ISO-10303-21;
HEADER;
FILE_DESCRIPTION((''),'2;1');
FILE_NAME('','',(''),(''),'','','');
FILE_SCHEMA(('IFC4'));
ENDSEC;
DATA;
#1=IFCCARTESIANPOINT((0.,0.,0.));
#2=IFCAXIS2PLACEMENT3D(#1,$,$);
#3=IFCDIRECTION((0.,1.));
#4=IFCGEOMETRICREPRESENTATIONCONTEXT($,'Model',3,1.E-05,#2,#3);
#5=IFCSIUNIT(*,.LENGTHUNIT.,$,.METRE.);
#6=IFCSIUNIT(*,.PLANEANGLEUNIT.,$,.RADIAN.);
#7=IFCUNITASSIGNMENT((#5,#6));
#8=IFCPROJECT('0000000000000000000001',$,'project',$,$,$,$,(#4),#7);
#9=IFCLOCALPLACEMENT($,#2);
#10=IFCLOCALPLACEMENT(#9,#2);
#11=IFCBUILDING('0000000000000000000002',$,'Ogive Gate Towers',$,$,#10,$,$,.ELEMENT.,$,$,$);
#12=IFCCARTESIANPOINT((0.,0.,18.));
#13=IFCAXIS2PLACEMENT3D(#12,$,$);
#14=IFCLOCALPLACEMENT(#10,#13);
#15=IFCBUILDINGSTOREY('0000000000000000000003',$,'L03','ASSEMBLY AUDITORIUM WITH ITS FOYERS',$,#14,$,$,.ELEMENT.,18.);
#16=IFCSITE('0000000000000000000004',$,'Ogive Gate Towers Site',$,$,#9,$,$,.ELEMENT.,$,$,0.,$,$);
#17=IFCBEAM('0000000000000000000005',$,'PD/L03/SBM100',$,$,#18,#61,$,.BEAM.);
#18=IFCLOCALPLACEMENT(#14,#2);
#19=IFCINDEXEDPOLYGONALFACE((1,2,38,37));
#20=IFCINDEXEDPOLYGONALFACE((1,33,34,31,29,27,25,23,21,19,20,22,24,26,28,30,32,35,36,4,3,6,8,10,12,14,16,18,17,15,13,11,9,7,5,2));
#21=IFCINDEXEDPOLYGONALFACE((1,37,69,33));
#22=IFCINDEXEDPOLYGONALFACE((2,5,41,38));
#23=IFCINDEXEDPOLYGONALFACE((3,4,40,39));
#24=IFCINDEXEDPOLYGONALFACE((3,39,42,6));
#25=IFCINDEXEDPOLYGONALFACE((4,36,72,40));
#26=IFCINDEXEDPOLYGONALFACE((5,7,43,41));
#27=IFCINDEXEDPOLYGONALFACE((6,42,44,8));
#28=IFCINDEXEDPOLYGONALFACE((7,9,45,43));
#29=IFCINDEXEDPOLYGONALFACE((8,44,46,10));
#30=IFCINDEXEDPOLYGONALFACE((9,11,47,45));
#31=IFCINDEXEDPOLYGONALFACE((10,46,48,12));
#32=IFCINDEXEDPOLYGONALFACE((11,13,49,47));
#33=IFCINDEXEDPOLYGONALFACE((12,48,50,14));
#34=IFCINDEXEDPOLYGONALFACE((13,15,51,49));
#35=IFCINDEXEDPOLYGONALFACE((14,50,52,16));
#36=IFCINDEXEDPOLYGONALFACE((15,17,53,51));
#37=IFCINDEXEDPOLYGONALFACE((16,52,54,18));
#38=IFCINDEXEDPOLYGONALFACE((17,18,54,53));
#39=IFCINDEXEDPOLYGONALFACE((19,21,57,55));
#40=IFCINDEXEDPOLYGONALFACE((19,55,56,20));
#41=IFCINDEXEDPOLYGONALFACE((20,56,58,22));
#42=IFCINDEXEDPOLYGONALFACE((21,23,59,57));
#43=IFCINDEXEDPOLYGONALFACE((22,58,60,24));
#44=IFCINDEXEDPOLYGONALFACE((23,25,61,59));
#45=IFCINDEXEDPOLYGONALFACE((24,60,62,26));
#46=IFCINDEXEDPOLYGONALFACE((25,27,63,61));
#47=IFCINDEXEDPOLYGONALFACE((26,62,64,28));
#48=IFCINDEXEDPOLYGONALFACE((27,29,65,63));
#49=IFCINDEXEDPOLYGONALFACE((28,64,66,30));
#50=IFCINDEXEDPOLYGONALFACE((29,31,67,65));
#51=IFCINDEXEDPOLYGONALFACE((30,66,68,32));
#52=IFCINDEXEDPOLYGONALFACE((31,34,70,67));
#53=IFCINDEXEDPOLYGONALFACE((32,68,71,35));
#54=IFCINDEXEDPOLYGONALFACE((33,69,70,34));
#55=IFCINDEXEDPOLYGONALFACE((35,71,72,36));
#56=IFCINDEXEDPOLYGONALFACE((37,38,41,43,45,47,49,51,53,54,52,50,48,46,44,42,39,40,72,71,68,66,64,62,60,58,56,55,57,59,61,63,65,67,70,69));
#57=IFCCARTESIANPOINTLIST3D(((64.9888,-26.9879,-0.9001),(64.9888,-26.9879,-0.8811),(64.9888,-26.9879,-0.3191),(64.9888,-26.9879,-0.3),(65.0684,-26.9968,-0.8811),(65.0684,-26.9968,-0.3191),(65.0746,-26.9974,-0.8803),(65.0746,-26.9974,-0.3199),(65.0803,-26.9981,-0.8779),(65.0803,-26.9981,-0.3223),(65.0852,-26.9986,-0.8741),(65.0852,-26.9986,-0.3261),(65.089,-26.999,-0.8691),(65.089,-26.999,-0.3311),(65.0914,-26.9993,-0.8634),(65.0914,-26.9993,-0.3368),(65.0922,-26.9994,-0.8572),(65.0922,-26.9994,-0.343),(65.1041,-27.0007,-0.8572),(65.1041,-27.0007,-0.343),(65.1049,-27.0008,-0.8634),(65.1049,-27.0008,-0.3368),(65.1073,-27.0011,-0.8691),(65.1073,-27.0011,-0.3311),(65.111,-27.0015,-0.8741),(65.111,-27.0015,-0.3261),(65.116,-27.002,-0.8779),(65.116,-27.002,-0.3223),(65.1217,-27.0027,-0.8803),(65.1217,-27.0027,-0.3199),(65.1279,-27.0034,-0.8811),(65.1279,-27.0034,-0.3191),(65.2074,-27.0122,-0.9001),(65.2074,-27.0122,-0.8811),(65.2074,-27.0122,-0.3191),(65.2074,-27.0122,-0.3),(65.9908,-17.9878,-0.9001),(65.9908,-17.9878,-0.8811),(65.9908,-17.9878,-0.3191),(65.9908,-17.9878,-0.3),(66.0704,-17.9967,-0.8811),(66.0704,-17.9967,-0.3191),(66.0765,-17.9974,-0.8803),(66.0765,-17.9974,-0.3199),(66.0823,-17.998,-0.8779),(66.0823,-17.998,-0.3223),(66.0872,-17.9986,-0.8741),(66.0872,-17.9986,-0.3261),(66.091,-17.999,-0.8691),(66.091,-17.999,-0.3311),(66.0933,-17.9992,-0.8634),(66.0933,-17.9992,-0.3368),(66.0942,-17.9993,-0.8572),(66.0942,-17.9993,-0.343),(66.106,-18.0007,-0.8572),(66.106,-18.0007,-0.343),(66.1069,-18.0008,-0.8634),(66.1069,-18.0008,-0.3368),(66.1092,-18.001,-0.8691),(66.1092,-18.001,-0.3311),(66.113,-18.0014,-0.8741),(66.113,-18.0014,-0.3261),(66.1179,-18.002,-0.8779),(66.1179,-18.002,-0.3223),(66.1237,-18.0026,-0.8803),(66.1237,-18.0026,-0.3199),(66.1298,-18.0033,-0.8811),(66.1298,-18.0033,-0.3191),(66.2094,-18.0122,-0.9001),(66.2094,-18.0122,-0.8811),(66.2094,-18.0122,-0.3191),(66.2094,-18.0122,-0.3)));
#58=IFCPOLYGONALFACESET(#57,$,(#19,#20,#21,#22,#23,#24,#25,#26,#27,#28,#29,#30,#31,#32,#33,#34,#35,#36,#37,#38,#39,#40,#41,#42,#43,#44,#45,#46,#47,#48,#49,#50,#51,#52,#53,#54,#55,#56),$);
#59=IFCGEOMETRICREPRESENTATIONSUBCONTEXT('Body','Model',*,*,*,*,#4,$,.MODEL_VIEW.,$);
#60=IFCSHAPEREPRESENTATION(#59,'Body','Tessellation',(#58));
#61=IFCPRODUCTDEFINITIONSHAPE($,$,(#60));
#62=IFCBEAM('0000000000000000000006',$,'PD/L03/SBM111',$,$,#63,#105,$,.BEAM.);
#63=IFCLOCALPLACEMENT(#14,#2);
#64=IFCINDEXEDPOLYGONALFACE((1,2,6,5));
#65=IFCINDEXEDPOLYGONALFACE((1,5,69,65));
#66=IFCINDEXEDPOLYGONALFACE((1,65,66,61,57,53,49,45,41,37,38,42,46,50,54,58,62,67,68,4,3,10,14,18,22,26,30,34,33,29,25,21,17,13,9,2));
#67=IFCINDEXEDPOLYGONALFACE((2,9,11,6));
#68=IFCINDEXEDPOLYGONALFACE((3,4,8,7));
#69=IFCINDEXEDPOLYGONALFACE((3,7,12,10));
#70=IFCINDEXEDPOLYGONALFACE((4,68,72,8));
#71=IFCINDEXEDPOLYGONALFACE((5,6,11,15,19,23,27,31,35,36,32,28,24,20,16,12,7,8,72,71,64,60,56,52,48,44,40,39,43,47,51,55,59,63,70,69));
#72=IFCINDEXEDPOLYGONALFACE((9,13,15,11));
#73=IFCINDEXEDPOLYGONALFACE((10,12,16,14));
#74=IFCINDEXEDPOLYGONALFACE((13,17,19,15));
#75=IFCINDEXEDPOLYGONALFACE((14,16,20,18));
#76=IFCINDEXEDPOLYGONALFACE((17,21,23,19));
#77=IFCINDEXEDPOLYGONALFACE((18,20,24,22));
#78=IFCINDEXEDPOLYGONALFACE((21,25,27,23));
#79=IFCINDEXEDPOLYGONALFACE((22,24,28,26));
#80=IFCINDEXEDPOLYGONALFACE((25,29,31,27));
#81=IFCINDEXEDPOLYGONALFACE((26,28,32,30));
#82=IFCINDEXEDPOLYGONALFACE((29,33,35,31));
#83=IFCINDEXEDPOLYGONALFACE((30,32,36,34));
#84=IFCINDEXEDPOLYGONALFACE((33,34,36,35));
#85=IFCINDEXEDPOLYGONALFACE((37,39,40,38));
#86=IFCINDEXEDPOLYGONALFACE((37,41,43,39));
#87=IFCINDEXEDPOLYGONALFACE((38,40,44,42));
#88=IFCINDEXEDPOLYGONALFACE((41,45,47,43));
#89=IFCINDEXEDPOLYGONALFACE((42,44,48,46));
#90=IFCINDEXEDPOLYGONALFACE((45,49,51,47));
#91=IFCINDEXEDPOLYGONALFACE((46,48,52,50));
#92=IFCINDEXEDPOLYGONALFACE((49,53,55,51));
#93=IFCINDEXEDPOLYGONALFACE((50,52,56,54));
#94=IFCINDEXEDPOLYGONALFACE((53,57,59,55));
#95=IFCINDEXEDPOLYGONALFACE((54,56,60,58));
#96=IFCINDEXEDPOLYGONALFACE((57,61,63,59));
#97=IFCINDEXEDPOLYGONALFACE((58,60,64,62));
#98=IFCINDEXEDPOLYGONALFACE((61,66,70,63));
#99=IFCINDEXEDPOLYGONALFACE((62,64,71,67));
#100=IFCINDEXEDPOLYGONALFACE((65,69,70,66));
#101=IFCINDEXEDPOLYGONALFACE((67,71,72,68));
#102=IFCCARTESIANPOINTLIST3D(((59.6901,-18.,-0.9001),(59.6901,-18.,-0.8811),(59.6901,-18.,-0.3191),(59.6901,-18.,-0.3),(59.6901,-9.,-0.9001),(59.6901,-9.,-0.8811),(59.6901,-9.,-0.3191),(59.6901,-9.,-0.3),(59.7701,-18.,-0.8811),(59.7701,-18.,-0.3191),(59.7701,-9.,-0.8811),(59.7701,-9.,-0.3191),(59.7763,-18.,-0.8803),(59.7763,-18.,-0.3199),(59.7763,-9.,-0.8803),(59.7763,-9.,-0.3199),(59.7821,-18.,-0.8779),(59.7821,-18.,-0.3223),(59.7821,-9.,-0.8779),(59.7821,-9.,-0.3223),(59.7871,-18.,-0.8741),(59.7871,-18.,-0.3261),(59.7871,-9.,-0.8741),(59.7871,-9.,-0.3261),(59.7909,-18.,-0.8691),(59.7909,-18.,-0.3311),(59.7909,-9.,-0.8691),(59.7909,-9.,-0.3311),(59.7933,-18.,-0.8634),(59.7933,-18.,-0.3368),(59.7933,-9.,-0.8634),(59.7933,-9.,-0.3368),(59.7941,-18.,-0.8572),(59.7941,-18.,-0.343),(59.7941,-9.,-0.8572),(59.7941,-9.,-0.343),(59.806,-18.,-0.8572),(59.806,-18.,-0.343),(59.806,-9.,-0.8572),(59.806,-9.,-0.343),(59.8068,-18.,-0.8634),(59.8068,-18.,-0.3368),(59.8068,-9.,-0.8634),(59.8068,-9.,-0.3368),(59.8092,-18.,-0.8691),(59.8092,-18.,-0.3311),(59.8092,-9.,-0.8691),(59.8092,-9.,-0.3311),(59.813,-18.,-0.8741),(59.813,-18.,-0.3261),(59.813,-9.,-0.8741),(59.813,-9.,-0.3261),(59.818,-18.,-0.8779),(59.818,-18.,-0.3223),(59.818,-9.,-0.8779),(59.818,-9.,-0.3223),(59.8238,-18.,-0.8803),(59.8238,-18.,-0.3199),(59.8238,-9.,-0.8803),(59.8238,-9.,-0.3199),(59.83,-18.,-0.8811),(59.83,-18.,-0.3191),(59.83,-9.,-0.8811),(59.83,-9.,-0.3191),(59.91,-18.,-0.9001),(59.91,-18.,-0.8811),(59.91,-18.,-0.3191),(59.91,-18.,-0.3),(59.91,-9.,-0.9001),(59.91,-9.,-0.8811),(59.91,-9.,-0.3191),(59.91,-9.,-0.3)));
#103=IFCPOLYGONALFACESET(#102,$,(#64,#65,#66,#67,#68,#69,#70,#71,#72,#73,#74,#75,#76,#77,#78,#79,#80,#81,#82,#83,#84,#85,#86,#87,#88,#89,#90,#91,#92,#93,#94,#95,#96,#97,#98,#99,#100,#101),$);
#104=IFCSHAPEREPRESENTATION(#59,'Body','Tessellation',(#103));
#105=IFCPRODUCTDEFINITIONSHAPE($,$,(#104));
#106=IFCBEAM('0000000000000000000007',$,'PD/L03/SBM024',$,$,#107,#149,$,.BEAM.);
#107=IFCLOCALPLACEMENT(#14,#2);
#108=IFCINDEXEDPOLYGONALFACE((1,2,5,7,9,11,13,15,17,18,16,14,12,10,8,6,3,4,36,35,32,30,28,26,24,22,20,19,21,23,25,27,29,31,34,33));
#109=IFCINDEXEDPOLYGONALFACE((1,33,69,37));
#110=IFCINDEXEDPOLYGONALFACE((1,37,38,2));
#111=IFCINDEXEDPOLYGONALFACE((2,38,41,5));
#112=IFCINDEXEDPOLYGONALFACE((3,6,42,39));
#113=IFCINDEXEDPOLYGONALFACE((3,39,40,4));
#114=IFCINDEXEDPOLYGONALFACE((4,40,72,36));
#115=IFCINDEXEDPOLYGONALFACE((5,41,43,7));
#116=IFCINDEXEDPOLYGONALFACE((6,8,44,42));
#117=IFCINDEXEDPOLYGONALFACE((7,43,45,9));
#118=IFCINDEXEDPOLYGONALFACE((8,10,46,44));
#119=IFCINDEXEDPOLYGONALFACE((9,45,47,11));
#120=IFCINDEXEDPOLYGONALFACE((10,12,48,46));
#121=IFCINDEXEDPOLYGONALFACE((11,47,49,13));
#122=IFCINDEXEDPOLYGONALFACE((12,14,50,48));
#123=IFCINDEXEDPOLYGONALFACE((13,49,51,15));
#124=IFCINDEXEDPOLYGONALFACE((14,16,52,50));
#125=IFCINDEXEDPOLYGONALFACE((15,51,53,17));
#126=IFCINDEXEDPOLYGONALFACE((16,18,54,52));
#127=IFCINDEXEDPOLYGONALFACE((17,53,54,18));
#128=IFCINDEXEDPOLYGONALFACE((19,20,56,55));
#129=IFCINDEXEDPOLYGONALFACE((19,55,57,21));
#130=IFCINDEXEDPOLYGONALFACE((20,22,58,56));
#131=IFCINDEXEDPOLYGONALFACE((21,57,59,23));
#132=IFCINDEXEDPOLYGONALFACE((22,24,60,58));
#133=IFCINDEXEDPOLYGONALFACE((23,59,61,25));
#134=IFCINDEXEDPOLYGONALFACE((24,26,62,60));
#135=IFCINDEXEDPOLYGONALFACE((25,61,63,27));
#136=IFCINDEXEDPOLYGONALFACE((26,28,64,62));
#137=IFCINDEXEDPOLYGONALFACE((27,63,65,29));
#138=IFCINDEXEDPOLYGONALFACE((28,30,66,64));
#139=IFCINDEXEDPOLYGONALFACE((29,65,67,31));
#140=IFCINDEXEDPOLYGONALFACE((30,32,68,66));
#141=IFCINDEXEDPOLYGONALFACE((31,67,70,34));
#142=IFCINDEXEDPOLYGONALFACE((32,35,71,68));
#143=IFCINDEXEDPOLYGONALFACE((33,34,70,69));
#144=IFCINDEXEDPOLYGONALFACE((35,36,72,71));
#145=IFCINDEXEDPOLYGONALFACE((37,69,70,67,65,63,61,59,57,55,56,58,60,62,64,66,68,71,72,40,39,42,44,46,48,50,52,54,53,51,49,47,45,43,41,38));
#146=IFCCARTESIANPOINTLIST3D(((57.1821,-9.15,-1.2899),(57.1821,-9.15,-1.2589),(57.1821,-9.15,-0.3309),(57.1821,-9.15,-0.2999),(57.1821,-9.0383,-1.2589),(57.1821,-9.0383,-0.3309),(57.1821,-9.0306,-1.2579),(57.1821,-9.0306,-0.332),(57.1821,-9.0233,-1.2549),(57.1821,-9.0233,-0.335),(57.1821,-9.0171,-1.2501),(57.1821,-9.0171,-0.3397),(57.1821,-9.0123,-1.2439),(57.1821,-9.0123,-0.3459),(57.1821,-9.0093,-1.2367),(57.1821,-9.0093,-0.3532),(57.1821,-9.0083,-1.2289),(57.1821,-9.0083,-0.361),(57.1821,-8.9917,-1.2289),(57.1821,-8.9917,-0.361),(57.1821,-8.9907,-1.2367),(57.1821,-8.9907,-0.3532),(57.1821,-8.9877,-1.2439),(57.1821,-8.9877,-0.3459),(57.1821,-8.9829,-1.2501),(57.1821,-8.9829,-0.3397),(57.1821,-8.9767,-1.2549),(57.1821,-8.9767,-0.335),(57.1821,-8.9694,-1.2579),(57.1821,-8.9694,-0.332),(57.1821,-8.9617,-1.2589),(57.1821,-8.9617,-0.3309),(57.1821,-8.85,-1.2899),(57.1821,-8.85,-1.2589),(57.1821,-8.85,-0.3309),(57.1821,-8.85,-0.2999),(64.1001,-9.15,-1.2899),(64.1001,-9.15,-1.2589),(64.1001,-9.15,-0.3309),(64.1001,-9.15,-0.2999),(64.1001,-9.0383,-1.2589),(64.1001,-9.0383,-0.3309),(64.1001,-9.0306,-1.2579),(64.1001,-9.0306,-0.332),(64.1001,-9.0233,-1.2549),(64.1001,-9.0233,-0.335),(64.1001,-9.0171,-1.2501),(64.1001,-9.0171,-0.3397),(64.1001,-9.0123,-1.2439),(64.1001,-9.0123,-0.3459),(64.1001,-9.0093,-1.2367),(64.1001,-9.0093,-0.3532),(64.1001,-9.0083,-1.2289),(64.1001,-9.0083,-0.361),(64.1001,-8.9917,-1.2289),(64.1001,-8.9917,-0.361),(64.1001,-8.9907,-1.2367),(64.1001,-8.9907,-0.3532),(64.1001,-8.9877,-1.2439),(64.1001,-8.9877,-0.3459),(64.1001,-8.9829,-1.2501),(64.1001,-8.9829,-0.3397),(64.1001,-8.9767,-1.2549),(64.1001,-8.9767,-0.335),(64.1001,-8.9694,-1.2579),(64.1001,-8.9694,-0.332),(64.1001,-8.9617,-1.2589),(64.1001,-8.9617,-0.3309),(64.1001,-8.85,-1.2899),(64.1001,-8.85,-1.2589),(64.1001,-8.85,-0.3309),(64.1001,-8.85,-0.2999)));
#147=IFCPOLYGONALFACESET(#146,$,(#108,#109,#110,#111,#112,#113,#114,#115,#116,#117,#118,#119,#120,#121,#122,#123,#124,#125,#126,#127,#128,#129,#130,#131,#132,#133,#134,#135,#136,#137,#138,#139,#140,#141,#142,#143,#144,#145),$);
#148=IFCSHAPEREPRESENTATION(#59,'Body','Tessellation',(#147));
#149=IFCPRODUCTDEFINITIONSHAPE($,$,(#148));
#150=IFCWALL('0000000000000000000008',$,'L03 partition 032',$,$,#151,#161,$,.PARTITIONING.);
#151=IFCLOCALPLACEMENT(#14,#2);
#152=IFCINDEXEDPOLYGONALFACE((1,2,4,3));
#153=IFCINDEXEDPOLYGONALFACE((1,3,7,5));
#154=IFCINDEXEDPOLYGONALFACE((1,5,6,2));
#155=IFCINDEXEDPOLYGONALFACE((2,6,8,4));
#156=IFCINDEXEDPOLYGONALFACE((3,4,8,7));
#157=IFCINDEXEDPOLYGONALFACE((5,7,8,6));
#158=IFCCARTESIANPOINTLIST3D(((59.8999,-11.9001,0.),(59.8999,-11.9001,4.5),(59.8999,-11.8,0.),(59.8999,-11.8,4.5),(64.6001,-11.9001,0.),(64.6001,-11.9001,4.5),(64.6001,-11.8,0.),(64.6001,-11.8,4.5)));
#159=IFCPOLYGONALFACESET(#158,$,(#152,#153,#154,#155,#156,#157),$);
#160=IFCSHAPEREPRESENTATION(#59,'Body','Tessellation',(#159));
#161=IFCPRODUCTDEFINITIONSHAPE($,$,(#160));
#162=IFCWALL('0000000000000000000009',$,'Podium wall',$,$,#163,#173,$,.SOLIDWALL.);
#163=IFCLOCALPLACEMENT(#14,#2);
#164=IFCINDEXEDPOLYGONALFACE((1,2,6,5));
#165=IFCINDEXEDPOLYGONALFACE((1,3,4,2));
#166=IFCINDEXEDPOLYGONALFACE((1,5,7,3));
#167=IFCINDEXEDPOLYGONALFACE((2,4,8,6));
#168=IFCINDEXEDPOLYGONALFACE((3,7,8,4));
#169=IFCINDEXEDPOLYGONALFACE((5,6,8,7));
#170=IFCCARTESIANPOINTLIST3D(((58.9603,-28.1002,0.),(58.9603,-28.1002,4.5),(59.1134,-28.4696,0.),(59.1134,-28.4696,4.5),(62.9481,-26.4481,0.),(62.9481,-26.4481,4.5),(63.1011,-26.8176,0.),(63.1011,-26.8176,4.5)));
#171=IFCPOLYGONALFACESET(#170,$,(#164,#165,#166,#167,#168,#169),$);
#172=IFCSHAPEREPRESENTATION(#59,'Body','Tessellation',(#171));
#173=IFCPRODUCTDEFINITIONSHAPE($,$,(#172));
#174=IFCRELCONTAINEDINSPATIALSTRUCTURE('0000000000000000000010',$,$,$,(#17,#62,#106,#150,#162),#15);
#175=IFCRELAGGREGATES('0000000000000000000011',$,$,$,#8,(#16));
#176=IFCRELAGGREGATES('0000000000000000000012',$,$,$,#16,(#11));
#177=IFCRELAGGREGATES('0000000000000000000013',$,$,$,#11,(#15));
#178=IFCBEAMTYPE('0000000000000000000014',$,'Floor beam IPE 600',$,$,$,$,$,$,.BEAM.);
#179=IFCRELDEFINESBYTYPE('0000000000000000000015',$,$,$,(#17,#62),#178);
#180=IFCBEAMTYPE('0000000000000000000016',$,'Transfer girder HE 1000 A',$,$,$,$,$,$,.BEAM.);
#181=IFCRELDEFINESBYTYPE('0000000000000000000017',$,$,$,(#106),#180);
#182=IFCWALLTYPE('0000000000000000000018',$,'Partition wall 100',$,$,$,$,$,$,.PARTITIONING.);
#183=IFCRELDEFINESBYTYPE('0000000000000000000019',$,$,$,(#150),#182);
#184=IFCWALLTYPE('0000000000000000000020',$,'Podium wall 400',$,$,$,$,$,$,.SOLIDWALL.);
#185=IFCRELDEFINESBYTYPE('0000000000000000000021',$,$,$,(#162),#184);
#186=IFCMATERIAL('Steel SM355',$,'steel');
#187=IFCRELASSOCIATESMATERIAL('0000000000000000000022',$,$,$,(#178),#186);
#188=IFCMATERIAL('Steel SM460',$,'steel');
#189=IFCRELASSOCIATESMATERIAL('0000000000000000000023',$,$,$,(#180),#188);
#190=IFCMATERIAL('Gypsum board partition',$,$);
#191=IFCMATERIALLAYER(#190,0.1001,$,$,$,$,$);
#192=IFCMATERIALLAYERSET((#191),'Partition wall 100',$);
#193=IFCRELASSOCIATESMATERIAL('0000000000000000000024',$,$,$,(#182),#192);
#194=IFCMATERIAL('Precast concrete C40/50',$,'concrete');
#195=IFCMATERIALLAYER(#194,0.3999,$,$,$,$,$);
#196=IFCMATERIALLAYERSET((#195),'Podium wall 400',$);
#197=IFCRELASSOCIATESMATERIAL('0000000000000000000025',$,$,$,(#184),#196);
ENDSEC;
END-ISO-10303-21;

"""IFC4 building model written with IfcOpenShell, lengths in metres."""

from ifc_helpers import new_model, si_unit, direction, frame, frame_2d, origin, origin_2d, place, context, subcontext, project, spatial, rectangle, i_section, extrude, material, layer, layer_set, material_profile, profile_set, type_object, element, save


model = new_model("IFC4")

# Units and contexts
model_context = context("Model", 3, precision=1e-05, world=origin(), true_north=direction((0.0, 1.0)))
body_context = subcontext(model_context, "Body", "Model", "MODEL_VIEW")
ifc_project = project(units=[si_unit("LENGTHUNIT", "METRE"), si_unit("PLANEANGLEUNIT", "RADIAN")], contexts=[model_context])

# Site, building, storey
site_placement = place(None, origin())
site = spatial("IfcSite", under=ifc_project, at=site_placement, Name="Ogive Gate Towers Site", CompositionType="ELEMENT", RefElevation=0.0)
building_placement = place(site_placement, origin())
building = spatial("IfcBuilding", under=site, at=building_placement, Name="Ogive Gate Towers", CompositionType="ELEMENT")
storey_placement = place(building_placement, frame((0.0, 0.0, 18.0)))
storey = spatial("IfcBuildingStorey", under=building, at=storey_placement, Name="L03", Description="ASSEMBLY AUDITORIUM WITH ITS FOYERS", CompositionType="ELEMENT", Elevation=18.0)

# Beams
ifc_material_1 = material(Name="Steel SM355", Category="steel")
ifc_material_profile_1 = material_profile(ifc_material_1, i_section(OverallWidth=0.22, OverallDepth=0.6001, WebThickness=0.012, FlangeThickness=0.019, FilletRadius=0.0239, at=origin_2d()), Name="IPE 600")
ifc_profile_set_1 = profile_set([ifc_material_profile_1], Name="Steel SM355")
beam_type_1 = type_object("IfcBeamType", Name="Floor beam IPE 600", PredefinedType="BEAM", material=ifc_profile_set_1)
beam_1_placement = place(storey_placement, frame((66.1001, -18.0, -0.6001), z_axis=(-0.110645, -0.99386, 0.0), x_axis=(0.99386, -0.110645, 0.0)))
element("IfcBeam", 1, at=beam_1_placement, inside=storey, type_object=beam_type_1, Name="PD/L03/SBM100", PredefinedType="BEAM", context=body_context, shape_type="SweptSolid", body=[
    extrude(i_section(OverallWidth=0.22, OverallDepth=0.6001, WebThickness=0.012, FlangeThickness=0.019, FilletRadius=0.0239, at=origin_2d()), origin(), (0.0, 0.0, 1.0), 9.0557),
])
beam_2_placement = place(storey_placement, frame((59.8, -18.0, -0.6001), z_axis=(0.0, 1.0, 0.0), x_axis=(-1.0, 0.0, 0.0)))
element("IfcBeam", 2, at=beam_2_placement, inside=storey, type_object=beam_type_1, Name="PD/L03/SBM111", PredefinedType="BEAM", context=body_context, shape_type="SweptSolid", body=[
    extrude(i_section(OverallWidth=0.22, OverallDepth=0.6001, WebThickness=0.012, FlangeThickness=0.019, FilletRadius=0.0239, at=origin_2d()), origin(), (0.0, 0.0, 1.0), 9.0),
])
ifc_material_2 = material(Name="Steel SM460", Category="steel")
ifc_material_profile_2 = material_profile(ifc_material_2, i_section(OverallWidth=0.3, OverallDepth=0.99, WebThickness=0.0166, FlangeThickness=0.031, FilletRadius=0.03, at=origin_2d()), Name="HE 1000 A")
ifc_profile_set_2 = profile_set([ifc_material_profile_2], Name="Steel SM460")
beam_type_2 = type_object("IfcBeamType", Name="Transfer girder HE 1000 A", PredefinedType="BEAM", material=ifc_profile_set_2)
beam_3_placement = place(storey_placement, frame((64.1001, -9.0, -0.7949), z_axis=(-1.0, 0.0, 0.0), x_axis=(0.0, -1.0, 0.0)))
element("IfcBeam", 3, at=beam_3_placement, inside=storey, type_object=beam_type_2, Name="PD/L03/SBM024", PredefinedType="BEAM", context=body_context, shape_type="SweptSolid", body=[
    extrude(i_section(OverallWidth=0.3, OverallDepth=0.99, WebThickness=0.0166, FlangeThickness=0.031, FilletRadius=0.03, at=origin_2d()), origin(), (0.0, 0.0, 1.0), 6.918),
])

# Walls
ifc_material_3 = material(Name="Gypsum board partition")
ifc_layer_1 = layer(ifc_material_3, 0.1001)
ifc_layer_set_1 = layer_set([ifc_layer_1], Name="Partition wall 100")
wall_type_1 = type_object("IfcWallType", Name="Partition wall 100", PredefinedType="PARTITIONING", material=ifc_layer_set_1)
wall_1_placement = place(storey_placement, frame((59.8999, -11.8501, 0.0), z_axis=(0.0, 0.0, 1.0), x_axis=(1.0, 0.0, 0.0)))
element("IfcWall", 4, at=wall_1_placement, inside=storey, type_object=wall_type_1, Name="L03 partition 032", PredefinedType="PARTITIONING", context=body_context, shape_type="SweptSolid", body=[
    extrude(rectangle(XDim=4.7002, YDim=0.1001, at=frame_2d((2.3501, 0.0))), origin(), (0.0, 0.0, 1.0), 4.5),
])
ifc_material_4 = material(Name="Precast concrete C40/50", Category="concrete")
ifc_layer_2 = layer(ifc_material_4, 0.3999)
ifc_layer_set_2 = layer_set([ifc_layer_2], Name="Podium wall 400")
wall_type_2 = type_object("IfcWallType", Name="Podium wall 400", PredefinedType="SOLIDWALL", material=ifc_layer_set_2)
wall_2_placement = place(storey_placement, frame((59.0369, -28.2849, 0.0), z_axis=(0.0, 0.0, 1.0), x_axis=(0.923855, 0.382743, 0.0)))
element("IfcWall", 5, at=wall_2_placement, inside=storey, type_object=wall_type_2, Name="Podium wall", PredefinedType="SOLIDWALL", context=body_context, shape_type="SweptSolid", body=[
    extrude(rectangle(XDim=4.3164, YDim=0.3999, at=frame_2d((2.1582, 0.0))), origin(), (0.0, 0.0, 1.0), 4.5),
])

save(model, "model.ifc")
